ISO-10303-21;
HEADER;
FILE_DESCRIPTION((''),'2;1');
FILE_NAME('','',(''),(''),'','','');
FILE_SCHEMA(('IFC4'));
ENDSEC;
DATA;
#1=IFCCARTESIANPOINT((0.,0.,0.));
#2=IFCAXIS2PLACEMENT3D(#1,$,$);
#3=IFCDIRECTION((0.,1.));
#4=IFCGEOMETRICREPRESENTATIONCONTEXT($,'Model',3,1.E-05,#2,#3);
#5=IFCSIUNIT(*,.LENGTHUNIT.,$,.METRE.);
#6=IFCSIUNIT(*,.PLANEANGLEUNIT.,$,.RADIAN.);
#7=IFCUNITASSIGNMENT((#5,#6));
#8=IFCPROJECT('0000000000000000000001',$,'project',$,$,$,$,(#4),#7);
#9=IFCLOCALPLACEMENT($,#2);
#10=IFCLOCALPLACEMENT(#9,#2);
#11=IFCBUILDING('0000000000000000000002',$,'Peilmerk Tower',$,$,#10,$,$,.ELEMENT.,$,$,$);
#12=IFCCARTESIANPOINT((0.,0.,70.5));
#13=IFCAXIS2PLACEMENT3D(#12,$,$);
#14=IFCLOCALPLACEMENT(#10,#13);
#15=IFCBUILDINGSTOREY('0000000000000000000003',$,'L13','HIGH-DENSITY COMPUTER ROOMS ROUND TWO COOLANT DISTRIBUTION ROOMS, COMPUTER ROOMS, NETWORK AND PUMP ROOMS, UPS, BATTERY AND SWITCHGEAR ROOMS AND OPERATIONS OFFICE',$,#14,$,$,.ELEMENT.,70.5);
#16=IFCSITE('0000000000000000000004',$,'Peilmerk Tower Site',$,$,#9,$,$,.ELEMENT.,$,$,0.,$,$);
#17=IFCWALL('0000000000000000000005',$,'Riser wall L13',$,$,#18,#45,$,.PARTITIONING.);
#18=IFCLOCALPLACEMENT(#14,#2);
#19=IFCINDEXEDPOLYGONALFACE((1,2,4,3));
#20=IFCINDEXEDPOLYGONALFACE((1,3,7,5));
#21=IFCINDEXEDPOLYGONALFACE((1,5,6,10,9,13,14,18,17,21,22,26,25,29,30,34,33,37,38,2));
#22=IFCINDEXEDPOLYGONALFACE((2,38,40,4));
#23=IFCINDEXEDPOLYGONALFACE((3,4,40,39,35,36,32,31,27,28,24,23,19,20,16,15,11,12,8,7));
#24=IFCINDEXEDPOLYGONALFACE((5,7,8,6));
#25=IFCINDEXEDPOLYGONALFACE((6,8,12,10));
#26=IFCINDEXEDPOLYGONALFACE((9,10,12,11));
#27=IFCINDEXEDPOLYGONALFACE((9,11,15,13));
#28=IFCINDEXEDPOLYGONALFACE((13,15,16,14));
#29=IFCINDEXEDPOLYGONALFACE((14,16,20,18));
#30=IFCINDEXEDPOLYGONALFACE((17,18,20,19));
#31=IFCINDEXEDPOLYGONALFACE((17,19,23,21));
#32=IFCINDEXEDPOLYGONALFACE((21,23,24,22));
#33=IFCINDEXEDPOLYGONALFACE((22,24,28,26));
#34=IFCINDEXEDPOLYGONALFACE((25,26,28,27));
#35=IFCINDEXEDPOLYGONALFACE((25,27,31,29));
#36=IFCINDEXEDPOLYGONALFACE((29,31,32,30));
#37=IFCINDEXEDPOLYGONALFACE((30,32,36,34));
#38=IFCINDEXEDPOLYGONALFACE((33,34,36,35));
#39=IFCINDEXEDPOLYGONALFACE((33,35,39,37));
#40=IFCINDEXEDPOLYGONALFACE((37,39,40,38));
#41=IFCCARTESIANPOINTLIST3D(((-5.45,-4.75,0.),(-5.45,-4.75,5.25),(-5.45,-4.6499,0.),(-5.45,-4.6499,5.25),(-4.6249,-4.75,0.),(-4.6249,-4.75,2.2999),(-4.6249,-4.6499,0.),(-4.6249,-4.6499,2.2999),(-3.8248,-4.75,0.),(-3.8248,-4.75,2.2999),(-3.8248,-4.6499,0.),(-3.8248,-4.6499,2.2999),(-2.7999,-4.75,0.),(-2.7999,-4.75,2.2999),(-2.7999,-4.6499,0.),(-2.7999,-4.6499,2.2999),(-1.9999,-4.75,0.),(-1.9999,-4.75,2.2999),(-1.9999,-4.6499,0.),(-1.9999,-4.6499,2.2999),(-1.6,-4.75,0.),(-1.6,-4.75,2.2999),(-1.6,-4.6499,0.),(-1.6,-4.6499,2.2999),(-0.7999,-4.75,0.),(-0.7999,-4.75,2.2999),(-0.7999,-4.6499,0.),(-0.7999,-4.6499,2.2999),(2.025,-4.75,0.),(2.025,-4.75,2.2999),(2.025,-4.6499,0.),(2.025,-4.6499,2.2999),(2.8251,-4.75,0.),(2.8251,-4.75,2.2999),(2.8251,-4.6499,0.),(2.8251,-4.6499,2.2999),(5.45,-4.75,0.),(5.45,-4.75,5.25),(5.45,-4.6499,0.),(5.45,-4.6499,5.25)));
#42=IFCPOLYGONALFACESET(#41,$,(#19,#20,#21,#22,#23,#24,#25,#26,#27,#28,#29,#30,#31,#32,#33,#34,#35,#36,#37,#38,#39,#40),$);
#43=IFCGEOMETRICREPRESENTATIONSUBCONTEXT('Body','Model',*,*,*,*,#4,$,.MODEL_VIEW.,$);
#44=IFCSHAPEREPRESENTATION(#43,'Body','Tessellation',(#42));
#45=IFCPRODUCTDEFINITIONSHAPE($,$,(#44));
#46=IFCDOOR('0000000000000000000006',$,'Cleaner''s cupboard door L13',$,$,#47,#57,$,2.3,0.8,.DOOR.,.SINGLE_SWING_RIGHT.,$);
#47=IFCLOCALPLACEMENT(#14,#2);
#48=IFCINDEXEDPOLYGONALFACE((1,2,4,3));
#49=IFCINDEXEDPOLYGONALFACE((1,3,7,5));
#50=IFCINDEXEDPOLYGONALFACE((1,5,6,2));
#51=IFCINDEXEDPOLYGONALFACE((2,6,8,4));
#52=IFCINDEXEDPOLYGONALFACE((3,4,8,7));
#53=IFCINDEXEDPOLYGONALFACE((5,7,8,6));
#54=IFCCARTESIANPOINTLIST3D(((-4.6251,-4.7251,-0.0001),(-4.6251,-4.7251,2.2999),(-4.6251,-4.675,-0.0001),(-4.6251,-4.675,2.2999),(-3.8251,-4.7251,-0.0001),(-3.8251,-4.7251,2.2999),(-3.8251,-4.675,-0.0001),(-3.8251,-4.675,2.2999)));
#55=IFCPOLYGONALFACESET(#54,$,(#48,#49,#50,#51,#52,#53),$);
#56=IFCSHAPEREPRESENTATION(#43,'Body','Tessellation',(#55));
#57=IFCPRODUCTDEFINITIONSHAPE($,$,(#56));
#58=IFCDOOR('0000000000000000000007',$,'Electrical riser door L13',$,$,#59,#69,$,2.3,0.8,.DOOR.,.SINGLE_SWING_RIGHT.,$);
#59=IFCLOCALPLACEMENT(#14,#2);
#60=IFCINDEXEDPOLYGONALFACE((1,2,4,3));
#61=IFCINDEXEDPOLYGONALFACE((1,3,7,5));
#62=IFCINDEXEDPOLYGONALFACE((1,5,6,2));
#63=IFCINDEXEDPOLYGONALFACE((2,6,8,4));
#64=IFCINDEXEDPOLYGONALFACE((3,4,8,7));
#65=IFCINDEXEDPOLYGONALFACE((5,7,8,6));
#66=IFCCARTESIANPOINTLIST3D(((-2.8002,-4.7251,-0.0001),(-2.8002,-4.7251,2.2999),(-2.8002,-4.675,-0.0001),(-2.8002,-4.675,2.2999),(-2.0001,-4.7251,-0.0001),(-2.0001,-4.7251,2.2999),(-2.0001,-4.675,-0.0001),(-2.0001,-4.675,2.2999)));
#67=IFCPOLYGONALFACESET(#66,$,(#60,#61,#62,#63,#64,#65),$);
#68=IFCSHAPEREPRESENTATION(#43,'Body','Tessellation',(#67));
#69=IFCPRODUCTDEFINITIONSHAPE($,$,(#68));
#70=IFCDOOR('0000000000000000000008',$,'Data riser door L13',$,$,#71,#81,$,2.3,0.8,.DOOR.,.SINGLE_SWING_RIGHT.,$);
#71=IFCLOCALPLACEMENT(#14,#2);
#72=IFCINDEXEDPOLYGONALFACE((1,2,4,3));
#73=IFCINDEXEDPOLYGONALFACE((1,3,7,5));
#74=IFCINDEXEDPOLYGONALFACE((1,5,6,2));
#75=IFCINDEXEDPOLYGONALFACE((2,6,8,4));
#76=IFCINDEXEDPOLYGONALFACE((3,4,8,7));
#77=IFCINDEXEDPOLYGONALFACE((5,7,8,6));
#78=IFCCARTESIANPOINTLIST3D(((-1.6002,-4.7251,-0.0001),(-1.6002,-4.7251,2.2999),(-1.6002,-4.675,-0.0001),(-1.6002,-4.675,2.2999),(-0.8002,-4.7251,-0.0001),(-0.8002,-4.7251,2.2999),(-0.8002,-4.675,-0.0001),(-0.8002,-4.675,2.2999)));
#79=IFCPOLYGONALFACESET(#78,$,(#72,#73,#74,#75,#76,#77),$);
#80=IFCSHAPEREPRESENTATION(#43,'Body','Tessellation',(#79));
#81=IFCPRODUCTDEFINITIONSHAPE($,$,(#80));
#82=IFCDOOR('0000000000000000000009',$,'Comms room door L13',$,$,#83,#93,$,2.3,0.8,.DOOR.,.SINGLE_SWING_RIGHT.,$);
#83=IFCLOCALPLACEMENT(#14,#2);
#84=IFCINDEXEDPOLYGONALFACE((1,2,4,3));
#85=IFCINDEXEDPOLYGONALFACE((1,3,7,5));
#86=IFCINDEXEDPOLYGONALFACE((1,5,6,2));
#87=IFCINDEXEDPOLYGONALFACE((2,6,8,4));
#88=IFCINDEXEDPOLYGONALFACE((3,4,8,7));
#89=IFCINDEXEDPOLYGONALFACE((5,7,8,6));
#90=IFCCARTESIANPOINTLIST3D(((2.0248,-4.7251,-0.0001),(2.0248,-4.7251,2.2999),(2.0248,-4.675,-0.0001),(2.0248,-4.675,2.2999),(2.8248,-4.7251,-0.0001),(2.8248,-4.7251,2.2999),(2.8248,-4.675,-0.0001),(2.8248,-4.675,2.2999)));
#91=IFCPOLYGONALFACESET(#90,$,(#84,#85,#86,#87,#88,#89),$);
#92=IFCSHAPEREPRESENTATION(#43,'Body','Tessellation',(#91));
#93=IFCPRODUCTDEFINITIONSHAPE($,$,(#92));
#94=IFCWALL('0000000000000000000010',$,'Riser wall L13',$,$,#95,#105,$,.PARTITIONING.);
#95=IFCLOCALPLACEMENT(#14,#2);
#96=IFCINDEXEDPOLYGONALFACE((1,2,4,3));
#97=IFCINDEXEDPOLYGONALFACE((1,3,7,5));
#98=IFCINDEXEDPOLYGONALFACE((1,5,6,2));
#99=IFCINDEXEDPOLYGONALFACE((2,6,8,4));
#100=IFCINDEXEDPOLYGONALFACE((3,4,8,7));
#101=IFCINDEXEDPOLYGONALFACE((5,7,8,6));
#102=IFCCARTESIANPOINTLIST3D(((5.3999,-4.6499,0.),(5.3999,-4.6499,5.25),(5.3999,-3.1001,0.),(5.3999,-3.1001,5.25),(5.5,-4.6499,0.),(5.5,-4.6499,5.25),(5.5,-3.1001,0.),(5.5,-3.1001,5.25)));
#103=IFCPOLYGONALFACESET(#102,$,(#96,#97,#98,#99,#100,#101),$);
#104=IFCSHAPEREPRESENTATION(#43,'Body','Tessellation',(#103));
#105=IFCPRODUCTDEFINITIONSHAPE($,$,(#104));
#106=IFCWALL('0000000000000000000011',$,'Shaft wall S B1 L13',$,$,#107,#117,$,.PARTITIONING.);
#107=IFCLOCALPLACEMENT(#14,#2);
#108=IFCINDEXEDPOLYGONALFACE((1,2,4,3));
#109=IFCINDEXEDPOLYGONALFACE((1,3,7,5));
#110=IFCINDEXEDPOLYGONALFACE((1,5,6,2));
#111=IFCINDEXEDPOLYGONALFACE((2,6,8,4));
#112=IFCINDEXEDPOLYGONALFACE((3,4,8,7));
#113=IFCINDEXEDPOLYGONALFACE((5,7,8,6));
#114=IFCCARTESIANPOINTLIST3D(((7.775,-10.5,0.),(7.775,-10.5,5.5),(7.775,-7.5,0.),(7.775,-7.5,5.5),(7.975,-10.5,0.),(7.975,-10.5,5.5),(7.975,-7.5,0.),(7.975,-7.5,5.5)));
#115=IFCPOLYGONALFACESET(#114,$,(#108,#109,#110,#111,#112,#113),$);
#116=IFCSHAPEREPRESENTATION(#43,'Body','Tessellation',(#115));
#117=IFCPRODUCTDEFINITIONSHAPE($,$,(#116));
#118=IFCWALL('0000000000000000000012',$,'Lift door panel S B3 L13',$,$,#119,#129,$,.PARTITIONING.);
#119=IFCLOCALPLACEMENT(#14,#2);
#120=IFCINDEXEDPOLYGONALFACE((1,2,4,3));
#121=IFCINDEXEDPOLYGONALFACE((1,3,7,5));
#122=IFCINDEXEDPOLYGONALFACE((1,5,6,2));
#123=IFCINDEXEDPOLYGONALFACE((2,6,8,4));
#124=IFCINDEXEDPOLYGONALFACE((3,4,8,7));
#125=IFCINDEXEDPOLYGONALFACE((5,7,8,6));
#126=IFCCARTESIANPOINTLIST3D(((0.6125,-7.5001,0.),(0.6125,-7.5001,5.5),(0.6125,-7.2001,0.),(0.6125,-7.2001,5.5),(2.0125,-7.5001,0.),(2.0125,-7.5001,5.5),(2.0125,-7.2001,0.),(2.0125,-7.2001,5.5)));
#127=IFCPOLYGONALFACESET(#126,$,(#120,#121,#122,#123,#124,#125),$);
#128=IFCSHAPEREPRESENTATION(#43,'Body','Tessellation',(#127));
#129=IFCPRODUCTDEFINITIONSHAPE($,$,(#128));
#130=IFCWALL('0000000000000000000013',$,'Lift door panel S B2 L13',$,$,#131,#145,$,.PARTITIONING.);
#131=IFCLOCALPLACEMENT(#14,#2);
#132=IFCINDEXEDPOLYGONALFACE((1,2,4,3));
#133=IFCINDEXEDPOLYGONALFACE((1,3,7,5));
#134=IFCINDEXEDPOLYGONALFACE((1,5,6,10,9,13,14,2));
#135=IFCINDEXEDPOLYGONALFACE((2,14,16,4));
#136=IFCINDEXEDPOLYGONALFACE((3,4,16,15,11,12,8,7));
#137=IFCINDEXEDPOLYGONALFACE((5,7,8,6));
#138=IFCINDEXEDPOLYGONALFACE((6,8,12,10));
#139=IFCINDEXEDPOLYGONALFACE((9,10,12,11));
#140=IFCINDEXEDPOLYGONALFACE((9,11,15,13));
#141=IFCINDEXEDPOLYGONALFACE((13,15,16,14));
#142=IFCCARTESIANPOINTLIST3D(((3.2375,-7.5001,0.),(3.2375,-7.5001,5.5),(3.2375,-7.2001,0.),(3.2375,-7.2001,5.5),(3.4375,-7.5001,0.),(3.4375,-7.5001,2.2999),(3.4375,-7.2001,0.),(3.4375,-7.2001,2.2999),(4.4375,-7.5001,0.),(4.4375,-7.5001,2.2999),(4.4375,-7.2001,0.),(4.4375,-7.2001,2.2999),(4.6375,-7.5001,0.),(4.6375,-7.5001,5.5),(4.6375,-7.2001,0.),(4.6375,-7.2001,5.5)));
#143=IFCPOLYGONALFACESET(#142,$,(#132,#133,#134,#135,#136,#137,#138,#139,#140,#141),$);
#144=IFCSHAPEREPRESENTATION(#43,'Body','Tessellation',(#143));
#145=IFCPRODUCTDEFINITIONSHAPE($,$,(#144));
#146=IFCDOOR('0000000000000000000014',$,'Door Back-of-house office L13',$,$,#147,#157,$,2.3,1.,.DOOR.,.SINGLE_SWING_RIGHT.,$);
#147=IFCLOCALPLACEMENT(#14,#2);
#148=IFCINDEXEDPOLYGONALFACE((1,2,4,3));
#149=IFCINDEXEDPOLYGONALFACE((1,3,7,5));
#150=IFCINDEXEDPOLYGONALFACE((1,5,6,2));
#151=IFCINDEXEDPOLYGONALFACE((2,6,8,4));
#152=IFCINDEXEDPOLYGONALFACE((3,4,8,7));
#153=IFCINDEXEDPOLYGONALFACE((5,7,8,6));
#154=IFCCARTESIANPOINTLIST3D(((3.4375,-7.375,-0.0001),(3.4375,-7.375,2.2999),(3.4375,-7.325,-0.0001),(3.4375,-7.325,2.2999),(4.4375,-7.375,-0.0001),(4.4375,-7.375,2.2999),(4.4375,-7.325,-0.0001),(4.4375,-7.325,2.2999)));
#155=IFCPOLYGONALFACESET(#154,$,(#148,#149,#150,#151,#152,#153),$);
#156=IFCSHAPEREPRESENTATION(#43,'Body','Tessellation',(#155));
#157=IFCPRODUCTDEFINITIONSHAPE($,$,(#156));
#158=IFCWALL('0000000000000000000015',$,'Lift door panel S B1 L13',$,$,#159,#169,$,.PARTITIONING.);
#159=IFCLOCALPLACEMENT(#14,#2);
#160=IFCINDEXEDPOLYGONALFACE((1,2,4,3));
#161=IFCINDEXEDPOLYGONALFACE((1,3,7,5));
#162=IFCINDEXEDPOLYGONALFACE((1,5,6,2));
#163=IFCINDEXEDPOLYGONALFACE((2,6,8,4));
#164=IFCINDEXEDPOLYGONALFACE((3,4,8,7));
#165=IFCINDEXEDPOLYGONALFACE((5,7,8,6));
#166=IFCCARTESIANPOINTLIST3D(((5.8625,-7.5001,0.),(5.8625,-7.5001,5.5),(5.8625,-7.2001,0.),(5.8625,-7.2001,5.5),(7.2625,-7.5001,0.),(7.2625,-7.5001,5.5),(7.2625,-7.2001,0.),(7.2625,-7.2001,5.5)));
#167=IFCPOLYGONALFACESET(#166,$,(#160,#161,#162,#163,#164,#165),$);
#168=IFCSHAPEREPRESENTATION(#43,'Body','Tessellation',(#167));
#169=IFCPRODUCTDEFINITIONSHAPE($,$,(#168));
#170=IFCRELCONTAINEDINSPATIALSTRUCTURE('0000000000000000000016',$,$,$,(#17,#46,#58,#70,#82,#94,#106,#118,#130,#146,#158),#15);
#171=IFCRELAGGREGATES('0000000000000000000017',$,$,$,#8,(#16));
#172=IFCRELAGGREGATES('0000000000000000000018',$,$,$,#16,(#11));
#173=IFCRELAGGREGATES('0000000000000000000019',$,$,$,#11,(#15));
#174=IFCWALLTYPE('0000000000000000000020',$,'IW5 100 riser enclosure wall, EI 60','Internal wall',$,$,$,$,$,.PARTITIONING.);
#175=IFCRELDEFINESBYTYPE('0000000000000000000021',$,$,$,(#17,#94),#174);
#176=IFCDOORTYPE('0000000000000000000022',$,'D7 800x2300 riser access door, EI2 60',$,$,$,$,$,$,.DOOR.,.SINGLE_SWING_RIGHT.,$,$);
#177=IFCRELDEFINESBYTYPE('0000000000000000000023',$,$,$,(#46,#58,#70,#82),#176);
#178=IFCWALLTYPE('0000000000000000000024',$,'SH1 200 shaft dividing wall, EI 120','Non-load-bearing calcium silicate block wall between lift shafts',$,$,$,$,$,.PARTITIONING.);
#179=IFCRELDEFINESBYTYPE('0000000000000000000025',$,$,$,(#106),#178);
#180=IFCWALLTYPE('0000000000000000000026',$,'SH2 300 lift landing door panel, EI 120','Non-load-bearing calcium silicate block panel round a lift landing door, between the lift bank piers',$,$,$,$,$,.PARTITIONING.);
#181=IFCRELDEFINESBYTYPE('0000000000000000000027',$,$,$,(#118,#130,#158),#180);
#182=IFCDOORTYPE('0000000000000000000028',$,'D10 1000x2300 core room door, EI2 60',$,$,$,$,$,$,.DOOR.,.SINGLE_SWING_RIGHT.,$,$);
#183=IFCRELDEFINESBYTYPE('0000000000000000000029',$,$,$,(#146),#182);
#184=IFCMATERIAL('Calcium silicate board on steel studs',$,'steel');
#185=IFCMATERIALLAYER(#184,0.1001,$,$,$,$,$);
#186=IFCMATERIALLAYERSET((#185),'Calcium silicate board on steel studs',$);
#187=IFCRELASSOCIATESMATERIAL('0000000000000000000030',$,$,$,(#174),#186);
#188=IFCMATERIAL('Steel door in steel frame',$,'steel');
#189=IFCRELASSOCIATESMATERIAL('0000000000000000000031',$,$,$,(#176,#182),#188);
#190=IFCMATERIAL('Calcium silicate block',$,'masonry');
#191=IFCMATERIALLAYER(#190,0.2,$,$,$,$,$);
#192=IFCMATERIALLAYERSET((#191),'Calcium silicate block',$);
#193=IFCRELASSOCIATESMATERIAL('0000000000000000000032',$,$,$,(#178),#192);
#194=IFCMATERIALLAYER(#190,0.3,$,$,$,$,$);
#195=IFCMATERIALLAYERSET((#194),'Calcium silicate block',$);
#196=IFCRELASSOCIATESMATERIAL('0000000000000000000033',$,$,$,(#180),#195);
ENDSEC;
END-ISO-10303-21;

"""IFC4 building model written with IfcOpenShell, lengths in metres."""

from ifc_helpers import new_model, si_unit, direction, frame, frame_2d, origin, place, context, subcontext, project, spatial, rectangle, extrude, material, layer, layer_set, type_object, element, fill, save


model = new_model("IFC4")

# Units and contexts
model_context = context("Model", 3, precision=1e-05, world=origin(), true_north=direction((0.0, 1.0)))
body_context = subcontext(model_context, "Body", "Model", "MODEL_VIEW")
ifc_project = project(units=[si_unit("LENGTHUNIT", "METRE"), si_unit("PLANEANGLEUNIT", "RADIAN")], contexts=[model_context])

# Site, building, storey
site_placement = place(None, origin())
site = spatial("IfcSite", under=ifc_project, at=site_placement, Name="Peilmerk Tower Site", CompositionType="ELEMENT", RefElevation=0.0)
building_placement = place(site_placement, origin())
building = spatial("IfcBuilding", under=site, at=building_placement, Name="Peilmerk Tower", CompositionType="ELEMENT")
storey_placement = place(building_placement, frame((0.0, 0.0, 70.5)))
storey = spatial("IfcBuildingStorey", under=building, at=storey_placement, Name="L13", Description="HIGH-DENSITY COMPUTER ROOMS ROUND TWO COOLANT DISTRIBUTION ROOMS, COMPUTER ROOMS, NETWORK AND PUMP ROOMS, UPS, BATTERY AND SWITCHGEAR ROOMS AND OPERATIONS OFFICE", CompositionType="ELEMENT", Elevation=70.5)

# Shared definitions
ifc_material_1 = material(Name="Steel door in steel frame", Category="steel")

# Shared definitions
ifc_material_2 = material(Name="Calcium silicate board on steel studs", Category="steel")
ifc_layer_1 = layer(ifc_material_2, 0.1001)
ifc_layer_set_1 = layer_set([ifc_layer_1], Name="Calcium silicate board on steel studs")
wall_type_1 = type_object("IfcWallType", Name="IW5 100 riser enclosure wall, EI 60", Description="Internal wall", PredefinedType="PARTITIONING", material=ifc_layer_set_1)

# Wall, openings, doors
wall_1_placement = place(storey_placement, frame((5.45, -4.7, 0.0), z_axis=(0.0, 0.0, 1.0), x_axis=(-1.0, 0.0, 0.0)))
wall_1 = element("IfcWall", 1, at=wall_1_placement, inside=storey, type_object=wall_type_1, Name="Riser wall L13", PredefinedType="PARTITIONING", context=body_context, shape_type="SweptSolid", body=[
    extrude(rectangle(XDim=10.8999, YDim=0.1001, at=frame_2d((5.45, 0.0))), origin(), (0.0, 0.0, 1.0), 5.25),
])
opening_1_placement = place(wall_1_placement, frame((9.2749, 0.0, 0.0)))
opening_1 = element("IfcOpeningElement", 2, at=opening_1_placement, cuts=wall_1, PredefinedType="OPENING", context=body_context, shape_type="SweptSolid", body=[
    extrude(rectangle(XDim=0.8, YDim=2.3, at=frame_2d((0.3999, 1.1499))), frame((0.0, 0.0601, 0.0), z_axis=(0.0, -1.0, 0.0), x_axis=(1.0, 0.0, 0.0)), (0.0, 0.0, 1.0), 0.1201),
])
opening_2_placement = place(wall_1_placement, frame((7.45, 0.0, 0.0)))
opening_2 = element("IfcOpeningElement", 3, at=opening_2_placement, cuts=wall_1, PredefinedType="OPENING", context=body_context, shape_type="SweptSolid", body=[
    extrude(rectangle(XDim=0.8, YDim=2.3, at=frame_2d((0.3999, 1.1499))), frame((0.0, 0.0601, 0.0), z_axis=(0.0, -1.0, 0.0), x_axis=(1.0, 0.0, 0.0)), (0.0, 0.0, 1.0), 0.1201),
])
opening_3_placement = place(wall_1_placement, frame((6.25, 0.0, 0.0)))
opening_3 = element("IfcOpeningElement", 4, at=opening_3_placement, cuts=wall_1, PredefinedType="OPENING", context=body_context, shape_type="SweptSolid", body=[
    extrude(rectangle(XDim=0.8, YDim=2.3, at=frame_2d((0.3999, 1.1499))), frame((0.0, 0.0601, 0.0), z_axis=(0.0, -1.0, 0.0), x_axis=(1.0, 0.0, 0.0)), (0.0, 0.0, 1.0), 0.1201),
])
opening_4_placement = place(wall_1_placement, frame((2.625, 0.0, 0.0)))
opening_4 = element("IfcOpeningElement", 5, at=opening_4_placement, cuts=wall_1, PredefinedType="OPENING", context=body_context, shape_type="SweptSolid", body=[
    extrude(rectangle(XDim=0.8, YDim=2.3, at=frame_2d((0.3999, 1.1499))), frame((0.0, 0.0601, 0.0), z_axis=(0.0, -1.0, 0.0), x_axis=(1.0, 0.0, 0.0)), (0.0, 0.0, 1.0), 0.1201),
])
door_type_1 = type_object("IfcDoorType", Name="D7 800x2300 riser access door, EI2 60", OperationType="SINGLE_SWING_RIGHT", PredefinedType="DOOR", material=ifc_material_1)
door_1_placement = place(opening_1_placement, frame((0.8, 0.0, 0.0), z_axis=(0.0, 0.0, 1.0), x_axis=(-1.0, 0.0, 0.0)))
door_1 = element("IfcDoor", 6, at=door_1_placement, inside=storey, type_object=door_type_1, Name="Cleaner's cupboard door L13", OperationType="SINGLE_SWING_RIGHT", OverallHeight=2.3, OverallWidth=0.8, PredefinedType="DOOR", context=body_context, shape_type="SweptSolid", body=[
    extrude(rectangle(XDim=0.8, YDim=2.3, at=frame_2d((0.3999, 1.1499))), frame((0.0, 0.0249, 0.0), z_axis=(0.0, -1.0, 0.0), x_axis=(1.0, 0.0, 0.0)), (0.0, 0.0, 1.0), 0.05),
])
fill(opening_1, door_1)
door_2_placement = place(opening_2_placement, frame((0.8, 0.0, 0.0), z_axis=(0.0, 0.0, 1.0), x_axis=(-1.0, 0.0, 0.0)))
door_2 = element("IfcDoor", 7, at=door_2_placement, inside=storey, type_object=door_type_1, Name="Electrical riser door L13", OperationType="SINGLE_SWING_RIGHT", OverallHeight=2.3, OverallWidth=0.8, PredefinedType="DOOR", context=body_context, shape_type="SweptSolid", body=[
    extrude(rectangle(XDim=0.8, YDim=2.3, at=frame_2d((0.3999, 1.1499))), frame((0.0, 0.0249, 0.0), z_axis=(0.0, -1.0, 0.0), x_axis=(1.0, 0.0, 0.0)), (0.0, 0.0, 1.0), 0.05),
])
fill(opening_2, door_2)
door_3_placement = place(opening_3_placement, frame((0.8, 0.0, 0.0), z_axis=(0.0, 0.0, 1.0), x_axis=(-1.0, 0.0, 0.0)))
door_3 = element("IfcDoor", 8, at=door_3_placement, inside=storey, type_object=door_type_1, Name="Data riser door L13", OperationType="SINGLE_SWING_RIGHT", OverallHeight=2.3, OverallWidth=0.8, PredefinedType="DOOR", context=body_context, shape_type="SweptSolid", body=[
    extrude(rectangle(XDim=0.8, YDim=2.3, at=frame_2d((0.3999, 1.1499))), frame((0.0, 0.0249, 0.0), z_axis=(0.0, -1.0, 0.0), x_axis=(1.0, 0.0, 0.0)), (0.0, 0.0, 1.0), 0.05),
])
fill(opening_3, door_3)
door_4_placement = place(opening_4_placement, frame((0.8, 0.0, 0.0), z_axis=(0.0, 0.0, 1.0), x_axis=(-1.0, 0.0, 0.0)))
door_4 = element("IfcDoor", 9, at=door_4_placement, inside=storey, type_object=door_type_1, Name="Comms room door L13", OperationType="SINGLE_SWING_RIGHT", OverallHeight=2.3, OverallWidth=0.8, PredefinedType="DOOR", context=body_context, shape_type="SweptSolid", body=[
    extrude(rectangle(XDim=0.8, YDim=2.3, at=frame_2d((0.3999, 1.1499))), frame((0.0, 0.0249, 0.0), z_axis=(0.0, -1.0, 0.0), x_axis=(1.0, 0.0, 0.0)), (0.0, 0.0, 1.0), 0.05),
])
fill(opening_4, door_4)

# Walls
wall_2_placement = place(storey_placement, frame((5.45, -3.1001, 0.0), z_axis=(0.0, 0.0, 1.0), x_axis=(0.0, -1.0, 0.0)))
element("IfcWall", 10, at=wall_2_placement, inside=storey, type_object=wall_type_1, Name="Riser wall L13", PredefinedType="PARTITIONING", context=body_context, shape_type="SweptSolid", body=[
    extrude(rectangle(XDim=1.5498, YDim=0.1001, at=frame_2d((0.7749, 0.0))), origin(), (0.0, 0.0, 1.0), 5.25),
])
ifc_material_3 = material(Name="Calcium silicate block", Category="masonry")
ifc_layer_2 = layer(ifc_material_3, 0.2)
ifc_layer_set_2 = layer_set([ifc_layer_2], Name="Calcium silicate block")
wall_type_2 = type_object("IfcWallType", Name="SH1 200 shaft dividing wall, EI 120", Description="Non-load-bearing calcium silicate block wall between lift shafts", PredefinedType="PARTITIONING", material=ifc_layer_set_2)
wall_3_placement = place(storey_placement, frame((7.875, -10.5, 0.0), z_axis=(0.0, 0.0, 1.0), x_axis=(0.0, 1.0, 0.0)))
element("IfcWall", 11, at=wall_3_placement, inside=storey, type_object=wall_type_2, Name="Shaft wall S B1 L13", PredefinedType="PARTITIONING", context=body_context, shape_type="SweptSolid", body=[
    extrude(rectangle(XDim=3.0, YDim=0.2, at=frame_2d((1.5, 0.0))), origin(), (0.0, 0.0, 1.0), 5.5),
])
ifc_layer_3 = layer(ifc_material_3, 0.3)
ifc_layer_set_3 = layer_set([ifc_layer_3], Name="Calcium silicate block")
wall_type_3 = type_object("IfcWallType", Name="SH2 300 lift landing door panel, EI 120", Description="Non-load-bearing calcium silicate block panel round a lift landing door, between the lift bank piers", PredefinedType="PARTITIONING", material=ifc_layer_set_3)
wall_4_placement = place(storey_placement, frame((0.6125, -7.3501, 0.0), z_axis=(0.0, 0.0, 1.0), x_axis=(1.0, 0.0, 0.0)))
element("IfcWall", 12, at=wall_4_placement, inside=storey, type_object=wall_type_3, Name="Lift door panel S B3 L13", PredefinedType="PARTITIONING", context=body_context, shape_type="SweptSolid", body=[
    extrude(rectangle(XDim=1.3999, YDim=0.3, at=frame_2d((0.7, 0.0))), origin(), (0.0, 0.0, 1.0), 5.5),
])

# Wall, opening, door
wall_5_placement = place(storey_placement, frame((3.2375, -7.3501, 0.0), z_axis=(0.0, 0.0, 1.0), x_axis=(1.0, 0.0, 0.0)))
wall_5 = element("IfcWall", 13, at=wall_5_placement, inside=storey, type_object=wall_type_3, Name="Lift door panel S B2 L13", PredefinedType="PARTITIONING", context=body_context, shape_type="SweptSolid", body=[
    extrude(rectangle(XDim=1.3999, YDim=0.3, at=frame_2d((0.7, 0.0))), origin(), (0.0, 0.0, 1.0), 5.5),
])
opening_5_placement = place(wall_5_placement, frame((0.2, 0.0, 0.0)))
opening_5 = element("IfcOpeningElement", 14, at=opening_5_placement, cuts=wall_5, PredefinedType="OPENING", context=body_context, shape_type="SweptSolid", body=[
    extrude(rectangle(XDim=1.0, YDim=2.3, at=frame_2d((0.5, 1.1499))), frame((0.0, 0.1599, 0.0), z_axis=(0.0, -1.0, 0.0), x_axis=(1.0, 0.0, 0.0)), (0.0, 0.0, 1.0), 0.3201),
])
door_type_2 = type_object("IfcDoorType", Name="D10 1000x2300 core room door, EI2 60", OperationType="SINGLE_SWING_RIGHT", PredefinedType="DOOR", material=ifc_material_1)
door_5_placement = place(opening_5_placement, frame((1.0, 0.0, 0.0), z_axis=(0.0, 0.0, 1.0), x_axis=(-1.0, 0.0, 0.0)))
door_5 = element("IfcDoor", 15, at=door_5_placement, inside=storey, type_object=door_type_2, Name="Door Back-of-house office L13", OperationType="SINGLE_SWING_RIGHT", OverallHeight=2.3, OverallWidth=1.0, PredefinedType="DOOR", context=body_context, shape_type="SweptSolid", body=[
    extrude(rectangle(XDim=1.0, YDim=2.3, at=frame_2d((0.5, 1.1499))), frame((0.0, 0.0249, 0.0), z_axis=(0.0, -1.0, 0.0), x_axis=(1.0, 0.0, 0.0)), (0.0, 0.0, 1.0), 0.05),
])
fill(opening_5, door_5)

# Wall
wall_6_placement = place(storey_placement, frame((5.8625, -7.3501, 0.0), z_axis=(0.0, 0.0, 1.0), x_axis=(1.0, 0.0, 0.0)))
element("IfcWall", 16, at=wall_6_placement, inside=storey, type_object=wall_type_3, Name="Lift door panel S B1 L13", PredefinedType="PARTITIONING", context=body_context, shape_type="SweptSolid", body=[
    extrude(rectangle(XDim=1.3999, YDim=0.3, at=frame_2d((0.7, 0.0))), origin(), (0.0, 0.0, 1.0), 5.5),
])

save(model, "model.ifc")
